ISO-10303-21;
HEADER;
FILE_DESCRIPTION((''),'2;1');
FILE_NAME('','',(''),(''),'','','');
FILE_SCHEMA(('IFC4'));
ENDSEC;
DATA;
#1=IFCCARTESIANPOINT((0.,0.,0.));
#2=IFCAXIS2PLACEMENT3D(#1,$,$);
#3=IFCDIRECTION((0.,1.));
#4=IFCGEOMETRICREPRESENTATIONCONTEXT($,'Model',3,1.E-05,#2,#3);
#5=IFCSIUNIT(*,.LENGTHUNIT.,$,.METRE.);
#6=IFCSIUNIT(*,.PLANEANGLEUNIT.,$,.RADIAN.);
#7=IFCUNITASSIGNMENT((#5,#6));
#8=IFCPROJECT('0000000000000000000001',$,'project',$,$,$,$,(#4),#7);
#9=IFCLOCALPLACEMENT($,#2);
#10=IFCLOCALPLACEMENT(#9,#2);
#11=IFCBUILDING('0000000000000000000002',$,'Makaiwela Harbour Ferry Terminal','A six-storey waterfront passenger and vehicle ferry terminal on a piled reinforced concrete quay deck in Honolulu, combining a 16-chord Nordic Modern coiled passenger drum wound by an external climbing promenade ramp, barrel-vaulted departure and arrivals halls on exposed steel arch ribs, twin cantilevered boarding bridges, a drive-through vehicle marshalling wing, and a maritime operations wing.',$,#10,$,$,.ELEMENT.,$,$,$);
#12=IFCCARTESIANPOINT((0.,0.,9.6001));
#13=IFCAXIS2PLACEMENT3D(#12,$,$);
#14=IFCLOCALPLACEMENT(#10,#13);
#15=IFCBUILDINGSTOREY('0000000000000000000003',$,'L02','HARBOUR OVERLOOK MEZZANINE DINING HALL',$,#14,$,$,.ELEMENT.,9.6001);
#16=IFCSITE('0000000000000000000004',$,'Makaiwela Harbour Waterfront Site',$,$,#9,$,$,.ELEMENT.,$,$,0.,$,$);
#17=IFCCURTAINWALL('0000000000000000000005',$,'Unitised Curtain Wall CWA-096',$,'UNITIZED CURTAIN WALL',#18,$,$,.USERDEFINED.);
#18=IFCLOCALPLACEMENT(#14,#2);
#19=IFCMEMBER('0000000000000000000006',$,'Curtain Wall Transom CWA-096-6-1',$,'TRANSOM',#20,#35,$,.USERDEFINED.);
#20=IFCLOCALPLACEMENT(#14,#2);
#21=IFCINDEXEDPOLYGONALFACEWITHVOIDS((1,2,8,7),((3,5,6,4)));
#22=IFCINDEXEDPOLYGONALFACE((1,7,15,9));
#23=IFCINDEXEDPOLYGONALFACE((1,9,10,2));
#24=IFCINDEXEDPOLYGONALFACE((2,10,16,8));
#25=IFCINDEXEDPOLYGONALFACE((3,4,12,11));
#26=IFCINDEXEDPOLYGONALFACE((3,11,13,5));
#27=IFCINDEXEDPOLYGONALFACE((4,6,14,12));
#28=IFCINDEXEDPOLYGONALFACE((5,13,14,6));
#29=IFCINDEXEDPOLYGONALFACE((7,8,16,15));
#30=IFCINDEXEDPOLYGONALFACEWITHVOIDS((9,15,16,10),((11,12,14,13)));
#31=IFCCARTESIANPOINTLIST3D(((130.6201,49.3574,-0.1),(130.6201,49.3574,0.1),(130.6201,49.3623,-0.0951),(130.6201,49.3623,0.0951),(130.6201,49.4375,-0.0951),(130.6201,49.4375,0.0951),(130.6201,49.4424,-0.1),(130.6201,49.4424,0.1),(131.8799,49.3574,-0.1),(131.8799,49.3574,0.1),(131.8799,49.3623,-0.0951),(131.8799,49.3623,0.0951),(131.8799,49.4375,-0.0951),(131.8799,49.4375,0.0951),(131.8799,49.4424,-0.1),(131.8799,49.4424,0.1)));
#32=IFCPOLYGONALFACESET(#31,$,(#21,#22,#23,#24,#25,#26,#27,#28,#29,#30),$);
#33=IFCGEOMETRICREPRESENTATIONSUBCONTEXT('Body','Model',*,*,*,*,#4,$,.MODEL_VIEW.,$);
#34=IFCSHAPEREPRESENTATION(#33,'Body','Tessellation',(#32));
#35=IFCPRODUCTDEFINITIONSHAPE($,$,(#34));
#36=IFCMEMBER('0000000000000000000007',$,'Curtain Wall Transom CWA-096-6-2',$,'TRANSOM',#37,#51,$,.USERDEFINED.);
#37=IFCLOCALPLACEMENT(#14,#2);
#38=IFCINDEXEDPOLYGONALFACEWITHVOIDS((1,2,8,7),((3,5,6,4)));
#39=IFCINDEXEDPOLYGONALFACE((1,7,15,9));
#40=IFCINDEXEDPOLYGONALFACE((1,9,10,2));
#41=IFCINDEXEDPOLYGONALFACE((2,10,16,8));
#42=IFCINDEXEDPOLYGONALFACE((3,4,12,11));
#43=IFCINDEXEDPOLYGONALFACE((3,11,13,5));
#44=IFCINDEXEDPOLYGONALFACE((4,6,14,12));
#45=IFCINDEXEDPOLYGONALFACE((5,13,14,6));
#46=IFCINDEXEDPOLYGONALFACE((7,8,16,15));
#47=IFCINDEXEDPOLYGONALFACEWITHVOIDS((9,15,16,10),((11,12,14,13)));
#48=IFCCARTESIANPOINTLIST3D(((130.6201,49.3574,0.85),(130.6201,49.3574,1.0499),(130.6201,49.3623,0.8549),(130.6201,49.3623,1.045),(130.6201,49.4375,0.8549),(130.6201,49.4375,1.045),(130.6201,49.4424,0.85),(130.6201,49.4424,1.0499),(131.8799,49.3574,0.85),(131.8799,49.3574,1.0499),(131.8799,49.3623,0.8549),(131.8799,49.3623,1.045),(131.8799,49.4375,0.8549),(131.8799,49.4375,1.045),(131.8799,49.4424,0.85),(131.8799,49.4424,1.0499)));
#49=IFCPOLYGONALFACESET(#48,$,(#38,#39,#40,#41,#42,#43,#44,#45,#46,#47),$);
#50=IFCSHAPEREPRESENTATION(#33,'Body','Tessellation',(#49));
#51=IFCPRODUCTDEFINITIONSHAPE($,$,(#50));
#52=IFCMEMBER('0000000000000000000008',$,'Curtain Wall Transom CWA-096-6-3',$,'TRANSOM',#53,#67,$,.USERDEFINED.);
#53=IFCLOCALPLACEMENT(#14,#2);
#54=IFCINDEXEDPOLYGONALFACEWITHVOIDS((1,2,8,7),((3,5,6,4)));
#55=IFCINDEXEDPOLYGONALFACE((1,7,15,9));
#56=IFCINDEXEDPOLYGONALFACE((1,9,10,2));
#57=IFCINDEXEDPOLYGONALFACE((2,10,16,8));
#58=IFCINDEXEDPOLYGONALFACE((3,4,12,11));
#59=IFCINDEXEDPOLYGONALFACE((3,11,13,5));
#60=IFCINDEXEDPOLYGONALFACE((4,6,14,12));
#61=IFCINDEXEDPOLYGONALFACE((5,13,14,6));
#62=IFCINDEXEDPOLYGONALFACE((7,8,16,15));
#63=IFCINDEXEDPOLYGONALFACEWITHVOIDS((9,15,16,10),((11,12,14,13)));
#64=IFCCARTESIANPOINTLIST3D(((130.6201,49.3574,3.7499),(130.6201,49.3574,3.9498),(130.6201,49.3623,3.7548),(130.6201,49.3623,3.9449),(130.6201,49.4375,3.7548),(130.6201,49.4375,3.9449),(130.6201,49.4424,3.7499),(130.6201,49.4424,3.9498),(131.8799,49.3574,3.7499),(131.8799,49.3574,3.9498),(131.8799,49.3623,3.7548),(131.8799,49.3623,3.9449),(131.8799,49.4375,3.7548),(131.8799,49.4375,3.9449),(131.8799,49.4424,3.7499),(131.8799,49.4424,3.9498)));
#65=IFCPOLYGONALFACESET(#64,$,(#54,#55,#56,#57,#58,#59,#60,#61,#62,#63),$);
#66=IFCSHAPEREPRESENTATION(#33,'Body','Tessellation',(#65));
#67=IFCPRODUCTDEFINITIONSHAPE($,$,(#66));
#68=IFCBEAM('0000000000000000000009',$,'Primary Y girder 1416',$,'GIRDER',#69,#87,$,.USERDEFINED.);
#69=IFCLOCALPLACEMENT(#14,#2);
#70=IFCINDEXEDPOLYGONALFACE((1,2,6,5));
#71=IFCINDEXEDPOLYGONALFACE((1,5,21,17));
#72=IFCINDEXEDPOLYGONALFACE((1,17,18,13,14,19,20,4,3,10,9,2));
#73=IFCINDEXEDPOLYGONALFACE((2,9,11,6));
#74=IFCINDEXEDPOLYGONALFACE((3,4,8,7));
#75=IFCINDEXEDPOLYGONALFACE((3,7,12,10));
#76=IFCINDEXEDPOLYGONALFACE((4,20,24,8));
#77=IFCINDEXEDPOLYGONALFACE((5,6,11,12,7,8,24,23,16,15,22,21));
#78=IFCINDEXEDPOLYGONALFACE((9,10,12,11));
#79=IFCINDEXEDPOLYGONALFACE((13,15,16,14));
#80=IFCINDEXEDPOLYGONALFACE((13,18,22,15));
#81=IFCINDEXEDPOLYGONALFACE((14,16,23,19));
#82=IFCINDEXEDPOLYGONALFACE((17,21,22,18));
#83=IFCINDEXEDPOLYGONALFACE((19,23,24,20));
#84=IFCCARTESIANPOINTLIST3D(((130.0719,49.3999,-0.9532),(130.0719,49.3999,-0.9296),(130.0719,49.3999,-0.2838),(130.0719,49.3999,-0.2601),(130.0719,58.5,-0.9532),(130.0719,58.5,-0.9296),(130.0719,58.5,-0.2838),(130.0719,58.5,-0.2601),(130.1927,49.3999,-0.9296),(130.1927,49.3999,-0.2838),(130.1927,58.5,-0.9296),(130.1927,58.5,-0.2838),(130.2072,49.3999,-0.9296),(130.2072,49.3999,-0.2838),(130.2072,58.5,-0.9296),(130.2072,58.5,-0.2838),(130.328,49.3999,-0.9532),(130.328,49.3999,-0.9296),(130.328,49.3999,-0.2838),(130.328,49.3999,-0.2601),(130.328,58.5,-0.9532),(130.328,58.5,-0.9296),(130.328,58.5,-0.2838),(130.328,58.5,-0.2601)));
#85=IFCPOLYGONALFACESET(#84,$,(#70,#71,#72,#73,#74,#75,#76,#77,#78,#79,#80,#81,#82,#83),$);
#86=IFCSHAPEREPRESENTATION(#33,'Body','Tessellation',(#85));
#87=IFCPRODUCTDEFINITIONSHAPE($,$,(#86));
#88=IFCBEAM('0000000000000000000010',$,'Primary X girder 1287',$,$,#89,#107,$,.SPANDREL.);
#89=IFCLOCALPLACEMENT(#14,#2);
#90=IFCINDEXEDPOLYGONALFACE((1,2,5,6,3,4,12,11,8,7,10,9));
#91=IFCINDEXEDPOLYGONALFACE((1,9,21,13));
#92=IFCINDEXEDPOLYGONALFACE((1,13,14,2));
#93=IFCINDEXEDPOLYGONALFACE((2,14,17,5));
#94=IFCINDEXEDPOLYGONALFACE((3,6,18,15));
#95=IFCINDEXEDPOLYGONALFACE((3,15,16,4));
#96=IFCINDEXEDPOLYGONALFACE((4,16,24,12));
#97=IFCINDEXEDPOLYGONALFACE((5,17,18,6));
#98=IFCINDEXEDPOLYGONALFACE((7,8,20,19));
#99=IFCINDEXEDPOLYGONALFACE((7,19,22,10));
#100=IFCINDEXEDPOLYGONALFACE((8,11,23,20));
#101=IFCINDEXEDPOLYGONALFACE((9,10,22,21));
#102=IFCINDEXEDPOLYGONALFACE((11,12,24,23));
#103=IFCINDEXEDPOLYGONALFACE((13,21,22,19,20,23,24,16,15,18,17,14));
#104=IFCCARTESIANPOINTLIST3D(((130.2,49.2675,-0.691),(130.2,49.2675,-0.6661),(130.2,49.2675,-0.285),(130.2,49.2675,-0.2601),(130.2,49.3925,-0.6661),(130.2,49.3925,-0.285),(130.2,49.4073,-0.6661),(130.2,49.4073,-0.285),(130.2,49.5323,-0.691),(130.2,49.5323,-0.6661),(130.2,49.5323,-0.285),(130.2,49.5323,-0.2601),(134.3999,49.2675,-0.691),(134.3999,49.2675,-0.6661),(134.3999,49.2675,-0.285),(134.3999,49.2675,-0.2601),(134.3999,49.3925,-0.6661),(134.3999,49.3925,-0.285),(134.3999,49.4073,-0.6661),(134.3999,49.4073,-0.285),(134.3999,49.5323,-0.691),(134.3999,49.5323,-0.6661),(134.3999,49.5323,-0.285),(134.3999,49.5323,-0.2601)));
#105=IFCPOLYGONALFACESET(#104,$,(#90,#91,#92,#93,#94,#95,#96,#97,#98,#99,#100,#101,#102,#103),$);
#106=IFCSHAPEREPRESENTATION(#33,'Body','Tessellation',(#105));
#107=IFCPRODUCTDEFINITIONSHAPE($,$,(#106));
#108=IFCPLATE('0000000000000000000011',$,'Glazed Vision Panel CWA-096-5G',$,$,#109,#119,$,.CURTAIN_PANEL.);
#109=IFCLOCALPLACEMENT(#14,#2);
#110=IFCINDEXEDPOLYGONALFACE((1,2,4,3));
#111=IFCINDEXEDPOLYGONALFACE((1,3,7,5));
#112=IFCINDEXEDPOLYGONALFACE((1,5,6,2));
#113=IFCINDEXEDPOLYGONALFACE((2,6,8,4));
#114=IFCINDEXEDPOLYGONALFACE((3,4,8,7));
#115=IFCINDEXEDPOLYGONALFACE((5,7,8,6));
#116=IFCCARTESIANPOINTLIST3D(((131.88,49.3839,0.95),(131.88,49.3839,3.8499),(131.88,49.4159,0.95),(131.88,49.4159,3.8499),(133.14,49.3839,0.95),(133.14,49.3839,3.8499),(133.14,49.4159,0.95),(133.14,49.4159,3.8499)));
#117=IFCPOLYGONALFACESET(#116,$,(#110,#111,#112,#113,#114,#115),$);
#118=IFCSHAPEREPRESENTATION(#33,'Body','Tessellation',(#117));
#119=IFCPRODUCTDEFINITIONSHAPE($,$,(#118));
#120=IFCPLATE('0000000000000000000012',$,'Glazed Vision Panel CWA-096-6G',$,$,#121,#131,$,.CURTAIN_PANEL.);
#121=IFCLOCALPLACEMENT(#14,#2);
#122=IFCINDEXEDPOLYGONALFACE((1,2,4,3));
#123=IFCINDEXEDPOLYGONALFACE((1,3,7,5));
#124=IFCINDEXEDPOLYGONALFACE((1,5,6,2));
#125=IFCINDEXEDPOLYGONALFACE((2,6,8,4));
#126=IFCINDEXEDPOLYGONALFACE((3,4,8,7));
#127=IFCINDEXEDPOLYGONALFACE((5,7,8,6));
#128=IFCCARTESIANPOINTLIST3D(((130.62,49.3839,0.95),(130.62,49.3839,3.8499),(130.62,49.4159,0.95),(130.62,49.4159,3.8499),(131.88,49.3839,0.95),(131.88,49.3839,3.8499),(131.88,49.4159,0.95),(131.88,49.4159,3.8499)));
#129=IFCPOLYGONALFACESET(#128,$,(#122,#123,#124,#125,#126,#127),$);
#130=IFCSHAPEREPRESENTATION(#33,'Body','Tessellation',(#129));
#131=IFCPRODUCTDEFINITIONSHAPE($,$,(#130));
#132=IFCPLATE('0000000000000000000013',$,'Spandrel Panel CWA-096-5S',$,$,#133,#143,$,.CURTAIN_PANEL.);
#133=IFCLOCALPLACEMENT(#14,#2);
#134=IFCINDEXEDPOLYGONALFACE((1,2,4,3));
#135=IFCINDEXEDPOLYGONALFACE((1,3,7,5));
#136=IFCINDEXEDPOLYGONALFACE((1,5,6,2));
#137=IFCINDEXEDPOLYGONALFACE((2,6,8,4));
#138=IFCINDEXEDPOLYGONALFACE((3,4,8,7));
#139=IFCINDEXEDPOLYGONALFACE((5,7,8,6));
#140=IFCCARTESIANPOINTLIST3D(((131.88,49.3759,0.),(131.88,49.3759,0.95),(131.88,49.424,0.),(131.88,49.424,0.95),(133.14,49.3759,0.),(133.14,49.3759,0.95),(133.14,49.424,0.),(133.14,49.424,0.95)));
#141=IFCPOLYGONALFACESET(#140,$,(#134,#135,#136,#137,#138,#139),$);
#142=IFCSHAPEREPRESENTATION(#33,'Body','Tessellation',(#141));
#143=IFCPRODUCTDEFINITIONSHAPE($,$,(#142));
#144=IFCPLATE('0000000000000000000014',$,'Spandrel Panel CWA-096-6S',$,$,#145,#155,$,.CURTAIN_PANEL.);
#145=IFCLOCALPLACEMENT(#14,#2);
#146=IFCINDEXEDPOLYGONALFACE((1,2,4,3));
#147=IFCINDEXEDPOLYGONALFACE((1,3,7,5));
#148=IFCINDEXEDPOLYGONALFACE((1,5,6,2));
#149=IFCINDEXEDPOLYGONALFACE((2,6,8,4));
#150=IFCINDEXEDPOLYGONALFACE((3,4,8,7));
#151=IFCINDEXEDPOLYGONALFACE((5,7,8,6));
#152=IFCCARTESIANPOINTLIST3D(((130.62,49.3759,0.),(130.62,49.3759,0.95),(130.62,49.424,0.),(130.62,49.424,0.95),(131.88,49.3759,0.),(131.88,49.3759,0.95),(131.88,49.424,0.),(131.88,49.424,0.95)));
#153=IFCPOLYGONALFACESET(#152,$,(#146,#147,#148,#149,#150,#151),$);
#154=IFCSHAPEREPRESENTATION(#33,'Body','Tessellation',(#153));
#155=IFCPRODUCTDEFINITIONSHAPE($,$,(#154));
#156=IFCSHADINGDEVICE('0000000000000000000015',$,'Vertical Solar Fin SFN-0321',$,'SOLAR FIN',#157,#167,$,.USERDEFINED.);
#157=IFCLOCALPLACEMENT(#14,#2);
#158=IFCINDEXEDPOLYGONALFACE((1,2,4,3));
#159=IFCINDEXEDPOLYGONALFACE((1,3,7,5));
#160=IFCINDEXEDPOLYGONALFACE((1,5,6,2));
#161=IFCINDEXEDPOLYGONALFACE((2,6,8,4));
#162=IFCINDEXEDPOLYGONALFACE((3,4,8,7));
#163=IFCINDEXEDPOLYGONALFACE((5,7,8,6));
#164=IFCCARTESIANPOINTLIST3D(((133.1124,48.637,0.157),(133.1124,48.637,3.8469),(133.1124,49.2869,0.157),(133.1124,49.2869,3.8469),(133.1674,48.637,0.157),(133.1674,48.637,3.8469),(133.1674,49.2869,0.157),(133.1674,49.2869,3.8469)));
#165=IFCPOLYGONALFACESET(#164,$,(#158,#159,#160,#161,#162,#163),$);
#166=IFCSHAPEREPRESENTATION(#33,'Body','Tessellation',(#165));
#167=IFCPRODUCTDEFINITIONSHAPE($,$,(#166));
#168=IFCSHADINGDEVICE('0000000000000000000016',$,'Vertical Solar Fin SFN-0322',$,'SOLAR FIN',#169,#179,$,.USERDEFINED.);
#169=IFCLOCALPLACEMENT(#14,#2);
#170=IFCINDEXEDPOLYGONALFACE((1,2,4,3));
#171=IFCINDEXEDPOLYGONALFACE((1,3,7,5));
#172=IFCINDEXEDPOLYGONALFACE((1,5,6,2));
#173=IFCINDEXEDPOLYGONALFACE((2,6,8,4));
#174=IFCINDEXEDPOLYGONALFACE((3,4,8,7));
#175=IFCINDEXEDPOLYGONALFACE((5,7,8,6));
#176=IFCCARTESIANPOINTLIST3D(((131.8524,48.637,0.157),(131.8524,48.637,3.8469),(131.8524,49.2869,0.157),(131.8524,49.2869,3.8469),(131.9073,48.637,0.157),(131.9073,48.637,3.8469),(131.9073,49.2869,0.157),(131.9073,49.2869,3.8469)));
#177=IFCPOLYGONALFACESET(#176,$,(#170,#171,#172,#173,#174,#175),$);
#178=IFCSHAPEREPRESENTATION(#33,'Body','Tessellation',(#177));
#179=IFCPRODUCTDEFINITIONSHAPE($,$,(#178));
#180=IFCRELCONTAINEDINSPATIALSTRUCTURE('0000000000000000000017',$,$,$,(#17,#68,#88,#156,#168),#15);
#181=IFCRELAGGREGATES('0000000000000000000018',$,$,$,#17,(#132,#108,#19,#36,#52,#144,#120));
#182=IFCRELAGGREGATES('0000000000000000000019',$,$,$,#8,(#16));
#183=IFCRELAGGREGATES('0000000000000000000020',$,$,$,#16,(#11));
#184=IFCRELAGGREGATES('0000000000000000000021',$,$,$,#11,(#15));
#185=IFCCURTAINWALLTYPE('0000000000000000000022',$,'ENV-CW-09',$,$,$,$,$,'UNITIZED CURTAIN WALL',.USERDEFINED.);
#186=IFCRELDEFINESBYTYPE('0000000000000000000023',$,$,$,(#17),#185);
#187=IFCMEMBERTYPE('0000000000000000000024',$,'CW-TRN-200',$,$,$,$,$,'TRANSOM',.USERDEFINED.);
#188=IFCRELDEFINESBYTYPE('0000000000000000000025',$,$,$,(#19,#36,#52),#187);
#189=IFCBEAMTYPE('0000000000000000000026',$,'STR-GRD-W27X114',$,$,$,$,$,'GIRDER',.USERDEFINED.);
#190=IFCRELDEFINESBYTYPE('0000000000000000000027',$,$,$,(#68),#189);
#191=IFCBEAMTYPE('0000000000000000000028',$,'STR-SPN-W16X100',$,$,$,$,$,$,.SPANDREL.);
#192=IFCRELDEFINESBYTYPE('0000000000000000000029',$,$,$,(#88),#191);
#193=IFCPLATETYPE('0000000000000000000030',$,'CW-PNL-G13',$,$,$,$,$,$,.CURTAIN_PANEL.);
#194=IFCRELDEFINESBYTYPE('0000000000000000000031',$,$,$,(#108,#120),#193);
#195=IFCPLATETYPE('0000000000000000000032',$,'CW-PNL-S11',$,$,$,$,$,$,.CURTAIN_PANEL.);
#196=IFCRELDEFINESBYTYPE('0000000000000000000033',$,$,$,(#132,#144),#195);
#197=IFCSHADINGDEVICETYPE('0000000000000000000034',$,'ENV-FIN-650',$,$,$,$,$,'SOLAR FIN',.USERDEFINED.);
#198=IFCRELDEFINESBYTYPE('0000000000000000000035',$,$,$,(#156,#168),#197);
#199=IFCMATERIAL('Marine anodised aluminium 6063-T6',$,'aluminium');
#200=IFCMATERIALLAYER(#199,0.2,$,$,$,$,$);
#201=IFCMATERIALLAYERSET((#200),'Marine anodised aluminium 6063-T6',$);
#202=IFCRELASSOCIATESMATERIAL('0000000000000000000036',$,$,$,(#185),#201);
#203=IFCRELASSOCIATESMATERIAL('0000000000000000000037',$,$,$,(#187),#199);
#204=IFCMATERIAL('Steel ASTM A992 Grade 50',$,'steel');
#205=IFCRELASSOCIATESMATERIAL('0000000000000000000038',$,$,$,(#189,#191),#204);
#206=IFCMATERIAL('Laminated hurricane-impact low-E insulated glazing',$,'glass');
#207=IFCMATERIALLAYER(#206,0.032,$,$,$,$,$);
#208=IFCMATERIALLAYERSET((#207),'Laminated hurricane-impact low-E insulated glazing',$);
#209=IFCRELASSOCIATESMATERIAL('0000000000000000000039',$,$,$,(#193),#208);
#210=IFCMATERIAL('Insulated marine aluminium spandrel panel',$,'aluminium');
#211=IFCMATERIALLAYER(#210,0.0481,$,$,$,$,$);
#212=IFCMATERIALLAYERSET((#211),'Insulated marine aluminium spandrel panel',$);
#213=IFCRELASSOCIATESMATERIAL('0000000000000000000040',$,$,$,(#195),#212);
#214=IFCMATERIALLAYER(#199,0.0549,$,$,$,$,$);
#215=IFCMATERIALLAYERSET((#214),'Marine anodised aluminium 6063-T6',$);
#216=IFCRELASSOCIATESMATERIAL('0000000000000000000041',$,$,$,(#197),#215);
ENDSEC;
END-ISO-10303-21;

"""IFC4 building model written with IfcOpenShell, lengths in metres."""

from ifc_helpers import new_model, si_unit, direction, frame, origin, origin_2d, place, context, subcontext, project, spatial, rectangle, hollow_rectangle, i_section, extrude, material, layer, layer_set, material_profile, profile_set, type_object, element, aggregate, save


model = new_model("IFC4")

# Units and contexts
model_context = context("Model", 3, precision=1e-05, world=origin(), true_north=direction((0.0, 1.0)))
body_context = subcontext(model_context, "Body", "Model", "MODEL_VIEW")
ifc_project = project(units=[si_unit("LENGTHUNIT", "METRE"), si_unit("PLANEANGLEUNIT", "RADIAN")], contexts=[model_context])

# Site, building, storey
site_placement = place(None, origin())
site = spatial("IfcSite", under=ifc_project, at=site_placement, Name="Makaiwela Harbour Waterfront Site", CompositionType="ELEMENT", RefElevation=0.0)
building_placement = place(site_placement, origin())
building = spatial("IfcBuilding", under=site, at=building_placement, Name="Makaiwela Harbour Ferry Terminal", Description="A six-storey waterfront passenger and vehicle ferry terminal on a piled reinforced concrete quay deck in Honolulu, combining a 16-chord Nordic Modern coiled passenger drum wound by an external climbing promenade ramp, barrel-vaulted departure and arrivals halls on exposed steel arch ribs, twin cantilevered boarding bridges, a drive-through vehicle marshalling wing, and a maritime operations wing.", CompositionType="ELEMENT")
storey_placement = place(building_placement, frame((0.0, 0.0, 9.6001)))
storey = spatial("IfcBuildingStorey", under=building, at=storey_placement, Name="L02", Description="HARBOUR OVERLOOK MEZZANINE DINING HALL", CompositionType="ELEMENT", Elevation=9.6001)

# Shared definitions
ifc_material_1 = material(Name="Steel ASTM A992 Grade 50", Category="steel")

# Curtain wall
ifc_material_2 = material(Name="Marine anodised aluminium 6063-T6", Category="aluminium")
ifc_layer_1 = layer(ifc_material_2, 0.2)
ifc_layer_set_1 = layer_set([ifc_layer_1], Name="Marine anodised aluminium 6063-T6")
curtain_wall_type = type_object("IfcCurtainWallType", Name="ENV-CW-09", ElementType="UNITIZED CURTAIN WALL", PredefinedType="USERDEFINED", material=ifc_layer_set_1)
curtain_wall_1_placement = place(storey_placement, origin())
curtain_wall_1 = element("IfcCurtainWall", 1, at=curtain_wall_1_placement, inside=storey, type_object=curtain_wall_type, Name="Unitised Curtain Wall CWA-096", ObjectType="UNITIZED CURTAIN WALL", PredefinedType="USERDEFINED")
ifc_material_profile_1 = material_profile(ifc_material_2, hollow_rectangle(XDim=0.085, YDim=0.2, WallThickness=0.0049, at=origin_2d()), Name="CWT-200X85")
ifc_profile_set_1 = profile_set([ifc_material_profile_1], Name="Marine anodised aluminium 6063-T6")
member_type_1 = type_object("IfcMemberType", Name="CW-TRN-200", ElementType="TRANSOM", PredefinedType="USERDEFINED", material=ifc_profile_set_1)

# Members
member_1_placement = place(storey_placement, frame((131.8799, 49.3999, 0.0), z_axis=(-1.0, 0.0, 0.0), x_axis=(0.0, -1.0, 0.0)))
member_1 = element("IfcMember", 2, at=member_1_placement, type_object=member_type_1, Name="Curtain Wall Transom CWA-096-6-1", ObjectType="TRANSOM", PredefinedType="USERDEFINED", context=body_context, shape_type="SweptSolid", body=[
    extrude(hollow_rectangle(XDim=0.085, YDim=0.2, WallThickness=0.0049, at=origin_2d()), origin(), (0.0, 0.0, 1.0), 1.2598),
])
member_2_placement = place(storey_placement, frame((131.8799, 49.3999, 0.95), z_axis=(-1.0, 0.0, 0.0), x_axis=(0.0, -1.0, 0.0)))
member_2 = element("IfcMember", 3, at=member_2_placement, type_object=member_type_1, Name="Curtain Wall Transom CWA-096-6-2", ObjectType="TRANSOM", PredefinedType="USERDEFINED", context=body_context, shape_type="SweptSolid", body=[
    extrude(hollow_rectangle(XDim=0.085, YDim=0.2, WallThickness=0.0049, at=origin_2d()), origin(), (0.0, 0.0, 1.0), 1.2598),
])
member_3_placement = place(storey_placement, frame((131.8799, 49.3999, 3.8499), z_axis=(-1.0, 0.0, 0.0), x_axis=(0.0, -1.0, 0.0)))
member_3 = element("IfcMember", 4, at=member_3_placement, type_object=member_type_1, Name="Curtain Wall Transom CWA-096-6-3", ObjectType="TRANSOM", PredefinedType="USERDEFINED", context=body_context, shape_type="SweptSolid", body=[
    extrude(hollow_rectangle(XDim=0.085, YDim=0.2, WallThickness=0.0049, at=origin_2d()), origin(), (0.0, 0.0, 1.0), 1.2598),
])

# Beams
ifc_material_profile_2 = material_profile(ifc_material_1, i_section(OverallWidth=0.2561, OverallDepth=0.6931, WebThickness=0.0144, FlangeThickness=0.0237, at=origin_2d()), Name="W27X114")
ifc_profile_set_2 = profile_set([ifc_material_profile_2], Name="Steel ASTM A992 Grade 50")
beam_type_1 = type_object("IfcBeamType", Name="STR-GRD-W27X114", ElementType="GIRDER", PredefinedType="USERDEFINED", material=ifc_profile_set_2)
beam_1_placement = place(storey_placement, frame((130.2, 49.3999, -0.6067), z_axis=(0.0, 1.0, 0.0), x_axis=(-1.0, 0.0, 0.0)))
element("IfcBeam", 5, at=beam_1_placement, inside=storey, type_object=beam_type_1, Name="Primary Y girder 1416", ObjectType="GIRDER", PredefinedType="USERDEFINED", context=body_context, shape_type="SweptSolid", body=[
    extrude(i_section(OverallWidth=0.2561, OverallDepth=0.6931, WebThickness=0.0144, FlangeThickness=0.0237, at=origin_2d()), origin(), (0.0, 0.0, 1.0), 9.1001),
])
ifc_material_profile_3 = material_profile(ifc_material_1, i_section(OverallWidth=0.2649, OverallDepth=0.4309, WebThickness=0.0149, FlangeThickness=0.0249, at=origin_2d()), Name="W16X100")
ifc_profile_set_3 = profile_set([ifc_material_profile_3], Name="Steel ASTM A992 Grade 50")
beam_type_2 = type_object("IfcBeamType", Name="STR-SPN-W16X100", PredefinedType="SPANDREL", material=ifc_profile_set_3)
beam_2_placement = place(storey_placement, frame((130.2, 49.3999, -0.4756), z_axis=(1.0, 0.0, 0.0), x_axis=(0.0, 1.0, 0.0)))
element("IfcBeam", 6, at=beam_2_placement, inside=storey, type_object=beam_type_2, Name="Primary X girder 1287", PredefinedType="SPANDREL", context=body_context, shape_type="SweptSolid", body=[
    extrude(i_section(OverallWidth=0.2649, OverallDepth=0.4309, WebThickness=0.0149, FlangeThickness=0.0249, at=origin_2d()), origin(), (0.0, 0.0, 1.0), 4.2),
])

# Plates
ifc_material_3 = material(Name="Laminated hurricane-impact low-E insulated glazing", Category="glass")
ifc_layer_2 = layer(ifc_material_3, 0.032)
ifc_layer_set_2 = layer_set([ifc_layer_2], Name="Laminated hurricane-impact low-E insulated glazing")
plate_type_1 = type_object("IfcPlateType", Name="CW-PNL-G13", PredefinedType="CURTAIN_PANEL", material=ifc_layer_set_2)
plate_1_placement = place(storey_placement, frame((132.51, 49.3999, 0.95), z_axis=(0.0, 0.0, 1.0), x_axis=(-1.0, 0.0, 0.0)))
plate_1 = element("IfcPlate", 7, at=plate_1_placement, type_object=plate_type_1, Name="Glazed Vision Panel CWA-096-5G", PredefinedType="CURTAIN_PANEL", context=body_context, shape_type="SweptSolid", body=[
    extrude(rectangle(XDim=1.26, YDim=0.032, at=origin_2d()), origin(), (0.0, 0.0, 1.0), 2.8999),
])
plate_2_placement = place(storey_placement, frame((131.25, 49.3999, 0.95), z_axis=(0.0, 0.0, 1.0), x_axis=(-1.0, 0.0, 0.0)))
plate_2 = element("IfcPlate", 8, at=plate_2_placement, type_object=plate_type_1, Name="Glazed Vision Panel CWA-096-6G", PredefinedType="CURTAIN_PANEL", context=body_context, shape_type="SweptSolid", body=[
    extrude(rectangle(XDim=1.26, YDim=0.032, at=origin_2d()), origin(), (0.0, 0.0, 1.0), 2.8999),
])
ifc_material_4 = material(Name="Insulated marine aluminium spandrel panel", Category="aluminium")
ifc_layer_3 = layer(ifc_material_4, 0.0481)
ifc_layer_set_3 = layer_set([ifc_layer_3], Name="Insulated marine aluminium spandrel panel")
plate_type_2 = type_object("IfcPlateType", Name="CW-PNL-S11", PredefinedType="CURTAIN_PANEL", material=ifc_layer_set_3)
plate_3_placement = place(storey_placement, frame((132.51, 49.3999, 0.0), z_axis=(0.0, 0.0, 1.0), x_axis=(-1.0, 0.0, 0.0)))
plate_3 = element("IfcPlate", 9, at=plate_3_placement, type_object=plate_type_2, Name="Spandrel Panel CWA-096-5S", PredefinedType="CURTAIN_PANEL", context=body_context, shape_type="SweptSolid", body=[
    extrude(rectangle(XDim=1.26, YDim=0.0481, at=origin_2d()), origin(), (0.0, 0.0, 1.0), 0.95),
])
plate_4_placement = place(storey_placement, frame((131.25, 49.3999, 0.0), z_axis=(0.0, 0.0, 1.0), x_axis=(-1.0, 0.0, 0.0)))
plate_4 = element("IfcPlate", 10, at=plate_4_placement, type_object=plate_type_2, Name="Spandrel Panel CWA-096-6S", PredefinedType="CURTAIN_PANEL", context=body_context, shape_type="SweptSolid", body=[
    extrude(rectangle(XDim=1.26, YDim=0.0481, at=origin_2d()), origin(), (0.0, 0.0, 1.0), 0.95),
])
aggregate(curtain_wall_1, [plate_3, plate_1, member_1, member_2, member_3, plate_4, plate_2])

# Shading devices
ifc_layer_4 = layer(ifc_material_2, 0.0549)
ifc_layer_set_4 = layer_set([ifc_layer_4], Name="Marine anodised aluminium 6063-T6")
shading_device_type = type_object("IfcShadingDeviceType", Name="ENV-FIN-650", ElementType="SOLAR FIN", PredefinedType="USERDEFINED", material=ifc_layer_set_4)
for number, where, z_axis, x_axis, name in (
    (11, (133.1399, 48.9619, 0.157), (0.0, 0.0, 1.0), (0.0, -1.0, 0.0), "Vertical Solar Fin SFN-0321"),
    (12, (131.8799, 48.9619, 0.157), (0.0, 0.0, 1.0), (0.0, -1.0, 0.0), "Vertical Solar Fin SFN-0322"),
):
    element("IfcShadingDevice", number, at=place(storey_placement, frame(where, z_axis=z_axis, x_axis=x_axis)), inside=storey, type_object=shading_device_type, Name=name, ObjectType="SOLAR FIN", PredefinedType="USERDEFINED", context=body_context, shape_type="SweptSolid", body=[
        extrude(rectangle(XDim=0.6499, YDim=0.0549, at=origin_2d()), origin(), (0.0, 0.0, 1.0), 3.6899),
    ])

save(model, "model.ifc")
